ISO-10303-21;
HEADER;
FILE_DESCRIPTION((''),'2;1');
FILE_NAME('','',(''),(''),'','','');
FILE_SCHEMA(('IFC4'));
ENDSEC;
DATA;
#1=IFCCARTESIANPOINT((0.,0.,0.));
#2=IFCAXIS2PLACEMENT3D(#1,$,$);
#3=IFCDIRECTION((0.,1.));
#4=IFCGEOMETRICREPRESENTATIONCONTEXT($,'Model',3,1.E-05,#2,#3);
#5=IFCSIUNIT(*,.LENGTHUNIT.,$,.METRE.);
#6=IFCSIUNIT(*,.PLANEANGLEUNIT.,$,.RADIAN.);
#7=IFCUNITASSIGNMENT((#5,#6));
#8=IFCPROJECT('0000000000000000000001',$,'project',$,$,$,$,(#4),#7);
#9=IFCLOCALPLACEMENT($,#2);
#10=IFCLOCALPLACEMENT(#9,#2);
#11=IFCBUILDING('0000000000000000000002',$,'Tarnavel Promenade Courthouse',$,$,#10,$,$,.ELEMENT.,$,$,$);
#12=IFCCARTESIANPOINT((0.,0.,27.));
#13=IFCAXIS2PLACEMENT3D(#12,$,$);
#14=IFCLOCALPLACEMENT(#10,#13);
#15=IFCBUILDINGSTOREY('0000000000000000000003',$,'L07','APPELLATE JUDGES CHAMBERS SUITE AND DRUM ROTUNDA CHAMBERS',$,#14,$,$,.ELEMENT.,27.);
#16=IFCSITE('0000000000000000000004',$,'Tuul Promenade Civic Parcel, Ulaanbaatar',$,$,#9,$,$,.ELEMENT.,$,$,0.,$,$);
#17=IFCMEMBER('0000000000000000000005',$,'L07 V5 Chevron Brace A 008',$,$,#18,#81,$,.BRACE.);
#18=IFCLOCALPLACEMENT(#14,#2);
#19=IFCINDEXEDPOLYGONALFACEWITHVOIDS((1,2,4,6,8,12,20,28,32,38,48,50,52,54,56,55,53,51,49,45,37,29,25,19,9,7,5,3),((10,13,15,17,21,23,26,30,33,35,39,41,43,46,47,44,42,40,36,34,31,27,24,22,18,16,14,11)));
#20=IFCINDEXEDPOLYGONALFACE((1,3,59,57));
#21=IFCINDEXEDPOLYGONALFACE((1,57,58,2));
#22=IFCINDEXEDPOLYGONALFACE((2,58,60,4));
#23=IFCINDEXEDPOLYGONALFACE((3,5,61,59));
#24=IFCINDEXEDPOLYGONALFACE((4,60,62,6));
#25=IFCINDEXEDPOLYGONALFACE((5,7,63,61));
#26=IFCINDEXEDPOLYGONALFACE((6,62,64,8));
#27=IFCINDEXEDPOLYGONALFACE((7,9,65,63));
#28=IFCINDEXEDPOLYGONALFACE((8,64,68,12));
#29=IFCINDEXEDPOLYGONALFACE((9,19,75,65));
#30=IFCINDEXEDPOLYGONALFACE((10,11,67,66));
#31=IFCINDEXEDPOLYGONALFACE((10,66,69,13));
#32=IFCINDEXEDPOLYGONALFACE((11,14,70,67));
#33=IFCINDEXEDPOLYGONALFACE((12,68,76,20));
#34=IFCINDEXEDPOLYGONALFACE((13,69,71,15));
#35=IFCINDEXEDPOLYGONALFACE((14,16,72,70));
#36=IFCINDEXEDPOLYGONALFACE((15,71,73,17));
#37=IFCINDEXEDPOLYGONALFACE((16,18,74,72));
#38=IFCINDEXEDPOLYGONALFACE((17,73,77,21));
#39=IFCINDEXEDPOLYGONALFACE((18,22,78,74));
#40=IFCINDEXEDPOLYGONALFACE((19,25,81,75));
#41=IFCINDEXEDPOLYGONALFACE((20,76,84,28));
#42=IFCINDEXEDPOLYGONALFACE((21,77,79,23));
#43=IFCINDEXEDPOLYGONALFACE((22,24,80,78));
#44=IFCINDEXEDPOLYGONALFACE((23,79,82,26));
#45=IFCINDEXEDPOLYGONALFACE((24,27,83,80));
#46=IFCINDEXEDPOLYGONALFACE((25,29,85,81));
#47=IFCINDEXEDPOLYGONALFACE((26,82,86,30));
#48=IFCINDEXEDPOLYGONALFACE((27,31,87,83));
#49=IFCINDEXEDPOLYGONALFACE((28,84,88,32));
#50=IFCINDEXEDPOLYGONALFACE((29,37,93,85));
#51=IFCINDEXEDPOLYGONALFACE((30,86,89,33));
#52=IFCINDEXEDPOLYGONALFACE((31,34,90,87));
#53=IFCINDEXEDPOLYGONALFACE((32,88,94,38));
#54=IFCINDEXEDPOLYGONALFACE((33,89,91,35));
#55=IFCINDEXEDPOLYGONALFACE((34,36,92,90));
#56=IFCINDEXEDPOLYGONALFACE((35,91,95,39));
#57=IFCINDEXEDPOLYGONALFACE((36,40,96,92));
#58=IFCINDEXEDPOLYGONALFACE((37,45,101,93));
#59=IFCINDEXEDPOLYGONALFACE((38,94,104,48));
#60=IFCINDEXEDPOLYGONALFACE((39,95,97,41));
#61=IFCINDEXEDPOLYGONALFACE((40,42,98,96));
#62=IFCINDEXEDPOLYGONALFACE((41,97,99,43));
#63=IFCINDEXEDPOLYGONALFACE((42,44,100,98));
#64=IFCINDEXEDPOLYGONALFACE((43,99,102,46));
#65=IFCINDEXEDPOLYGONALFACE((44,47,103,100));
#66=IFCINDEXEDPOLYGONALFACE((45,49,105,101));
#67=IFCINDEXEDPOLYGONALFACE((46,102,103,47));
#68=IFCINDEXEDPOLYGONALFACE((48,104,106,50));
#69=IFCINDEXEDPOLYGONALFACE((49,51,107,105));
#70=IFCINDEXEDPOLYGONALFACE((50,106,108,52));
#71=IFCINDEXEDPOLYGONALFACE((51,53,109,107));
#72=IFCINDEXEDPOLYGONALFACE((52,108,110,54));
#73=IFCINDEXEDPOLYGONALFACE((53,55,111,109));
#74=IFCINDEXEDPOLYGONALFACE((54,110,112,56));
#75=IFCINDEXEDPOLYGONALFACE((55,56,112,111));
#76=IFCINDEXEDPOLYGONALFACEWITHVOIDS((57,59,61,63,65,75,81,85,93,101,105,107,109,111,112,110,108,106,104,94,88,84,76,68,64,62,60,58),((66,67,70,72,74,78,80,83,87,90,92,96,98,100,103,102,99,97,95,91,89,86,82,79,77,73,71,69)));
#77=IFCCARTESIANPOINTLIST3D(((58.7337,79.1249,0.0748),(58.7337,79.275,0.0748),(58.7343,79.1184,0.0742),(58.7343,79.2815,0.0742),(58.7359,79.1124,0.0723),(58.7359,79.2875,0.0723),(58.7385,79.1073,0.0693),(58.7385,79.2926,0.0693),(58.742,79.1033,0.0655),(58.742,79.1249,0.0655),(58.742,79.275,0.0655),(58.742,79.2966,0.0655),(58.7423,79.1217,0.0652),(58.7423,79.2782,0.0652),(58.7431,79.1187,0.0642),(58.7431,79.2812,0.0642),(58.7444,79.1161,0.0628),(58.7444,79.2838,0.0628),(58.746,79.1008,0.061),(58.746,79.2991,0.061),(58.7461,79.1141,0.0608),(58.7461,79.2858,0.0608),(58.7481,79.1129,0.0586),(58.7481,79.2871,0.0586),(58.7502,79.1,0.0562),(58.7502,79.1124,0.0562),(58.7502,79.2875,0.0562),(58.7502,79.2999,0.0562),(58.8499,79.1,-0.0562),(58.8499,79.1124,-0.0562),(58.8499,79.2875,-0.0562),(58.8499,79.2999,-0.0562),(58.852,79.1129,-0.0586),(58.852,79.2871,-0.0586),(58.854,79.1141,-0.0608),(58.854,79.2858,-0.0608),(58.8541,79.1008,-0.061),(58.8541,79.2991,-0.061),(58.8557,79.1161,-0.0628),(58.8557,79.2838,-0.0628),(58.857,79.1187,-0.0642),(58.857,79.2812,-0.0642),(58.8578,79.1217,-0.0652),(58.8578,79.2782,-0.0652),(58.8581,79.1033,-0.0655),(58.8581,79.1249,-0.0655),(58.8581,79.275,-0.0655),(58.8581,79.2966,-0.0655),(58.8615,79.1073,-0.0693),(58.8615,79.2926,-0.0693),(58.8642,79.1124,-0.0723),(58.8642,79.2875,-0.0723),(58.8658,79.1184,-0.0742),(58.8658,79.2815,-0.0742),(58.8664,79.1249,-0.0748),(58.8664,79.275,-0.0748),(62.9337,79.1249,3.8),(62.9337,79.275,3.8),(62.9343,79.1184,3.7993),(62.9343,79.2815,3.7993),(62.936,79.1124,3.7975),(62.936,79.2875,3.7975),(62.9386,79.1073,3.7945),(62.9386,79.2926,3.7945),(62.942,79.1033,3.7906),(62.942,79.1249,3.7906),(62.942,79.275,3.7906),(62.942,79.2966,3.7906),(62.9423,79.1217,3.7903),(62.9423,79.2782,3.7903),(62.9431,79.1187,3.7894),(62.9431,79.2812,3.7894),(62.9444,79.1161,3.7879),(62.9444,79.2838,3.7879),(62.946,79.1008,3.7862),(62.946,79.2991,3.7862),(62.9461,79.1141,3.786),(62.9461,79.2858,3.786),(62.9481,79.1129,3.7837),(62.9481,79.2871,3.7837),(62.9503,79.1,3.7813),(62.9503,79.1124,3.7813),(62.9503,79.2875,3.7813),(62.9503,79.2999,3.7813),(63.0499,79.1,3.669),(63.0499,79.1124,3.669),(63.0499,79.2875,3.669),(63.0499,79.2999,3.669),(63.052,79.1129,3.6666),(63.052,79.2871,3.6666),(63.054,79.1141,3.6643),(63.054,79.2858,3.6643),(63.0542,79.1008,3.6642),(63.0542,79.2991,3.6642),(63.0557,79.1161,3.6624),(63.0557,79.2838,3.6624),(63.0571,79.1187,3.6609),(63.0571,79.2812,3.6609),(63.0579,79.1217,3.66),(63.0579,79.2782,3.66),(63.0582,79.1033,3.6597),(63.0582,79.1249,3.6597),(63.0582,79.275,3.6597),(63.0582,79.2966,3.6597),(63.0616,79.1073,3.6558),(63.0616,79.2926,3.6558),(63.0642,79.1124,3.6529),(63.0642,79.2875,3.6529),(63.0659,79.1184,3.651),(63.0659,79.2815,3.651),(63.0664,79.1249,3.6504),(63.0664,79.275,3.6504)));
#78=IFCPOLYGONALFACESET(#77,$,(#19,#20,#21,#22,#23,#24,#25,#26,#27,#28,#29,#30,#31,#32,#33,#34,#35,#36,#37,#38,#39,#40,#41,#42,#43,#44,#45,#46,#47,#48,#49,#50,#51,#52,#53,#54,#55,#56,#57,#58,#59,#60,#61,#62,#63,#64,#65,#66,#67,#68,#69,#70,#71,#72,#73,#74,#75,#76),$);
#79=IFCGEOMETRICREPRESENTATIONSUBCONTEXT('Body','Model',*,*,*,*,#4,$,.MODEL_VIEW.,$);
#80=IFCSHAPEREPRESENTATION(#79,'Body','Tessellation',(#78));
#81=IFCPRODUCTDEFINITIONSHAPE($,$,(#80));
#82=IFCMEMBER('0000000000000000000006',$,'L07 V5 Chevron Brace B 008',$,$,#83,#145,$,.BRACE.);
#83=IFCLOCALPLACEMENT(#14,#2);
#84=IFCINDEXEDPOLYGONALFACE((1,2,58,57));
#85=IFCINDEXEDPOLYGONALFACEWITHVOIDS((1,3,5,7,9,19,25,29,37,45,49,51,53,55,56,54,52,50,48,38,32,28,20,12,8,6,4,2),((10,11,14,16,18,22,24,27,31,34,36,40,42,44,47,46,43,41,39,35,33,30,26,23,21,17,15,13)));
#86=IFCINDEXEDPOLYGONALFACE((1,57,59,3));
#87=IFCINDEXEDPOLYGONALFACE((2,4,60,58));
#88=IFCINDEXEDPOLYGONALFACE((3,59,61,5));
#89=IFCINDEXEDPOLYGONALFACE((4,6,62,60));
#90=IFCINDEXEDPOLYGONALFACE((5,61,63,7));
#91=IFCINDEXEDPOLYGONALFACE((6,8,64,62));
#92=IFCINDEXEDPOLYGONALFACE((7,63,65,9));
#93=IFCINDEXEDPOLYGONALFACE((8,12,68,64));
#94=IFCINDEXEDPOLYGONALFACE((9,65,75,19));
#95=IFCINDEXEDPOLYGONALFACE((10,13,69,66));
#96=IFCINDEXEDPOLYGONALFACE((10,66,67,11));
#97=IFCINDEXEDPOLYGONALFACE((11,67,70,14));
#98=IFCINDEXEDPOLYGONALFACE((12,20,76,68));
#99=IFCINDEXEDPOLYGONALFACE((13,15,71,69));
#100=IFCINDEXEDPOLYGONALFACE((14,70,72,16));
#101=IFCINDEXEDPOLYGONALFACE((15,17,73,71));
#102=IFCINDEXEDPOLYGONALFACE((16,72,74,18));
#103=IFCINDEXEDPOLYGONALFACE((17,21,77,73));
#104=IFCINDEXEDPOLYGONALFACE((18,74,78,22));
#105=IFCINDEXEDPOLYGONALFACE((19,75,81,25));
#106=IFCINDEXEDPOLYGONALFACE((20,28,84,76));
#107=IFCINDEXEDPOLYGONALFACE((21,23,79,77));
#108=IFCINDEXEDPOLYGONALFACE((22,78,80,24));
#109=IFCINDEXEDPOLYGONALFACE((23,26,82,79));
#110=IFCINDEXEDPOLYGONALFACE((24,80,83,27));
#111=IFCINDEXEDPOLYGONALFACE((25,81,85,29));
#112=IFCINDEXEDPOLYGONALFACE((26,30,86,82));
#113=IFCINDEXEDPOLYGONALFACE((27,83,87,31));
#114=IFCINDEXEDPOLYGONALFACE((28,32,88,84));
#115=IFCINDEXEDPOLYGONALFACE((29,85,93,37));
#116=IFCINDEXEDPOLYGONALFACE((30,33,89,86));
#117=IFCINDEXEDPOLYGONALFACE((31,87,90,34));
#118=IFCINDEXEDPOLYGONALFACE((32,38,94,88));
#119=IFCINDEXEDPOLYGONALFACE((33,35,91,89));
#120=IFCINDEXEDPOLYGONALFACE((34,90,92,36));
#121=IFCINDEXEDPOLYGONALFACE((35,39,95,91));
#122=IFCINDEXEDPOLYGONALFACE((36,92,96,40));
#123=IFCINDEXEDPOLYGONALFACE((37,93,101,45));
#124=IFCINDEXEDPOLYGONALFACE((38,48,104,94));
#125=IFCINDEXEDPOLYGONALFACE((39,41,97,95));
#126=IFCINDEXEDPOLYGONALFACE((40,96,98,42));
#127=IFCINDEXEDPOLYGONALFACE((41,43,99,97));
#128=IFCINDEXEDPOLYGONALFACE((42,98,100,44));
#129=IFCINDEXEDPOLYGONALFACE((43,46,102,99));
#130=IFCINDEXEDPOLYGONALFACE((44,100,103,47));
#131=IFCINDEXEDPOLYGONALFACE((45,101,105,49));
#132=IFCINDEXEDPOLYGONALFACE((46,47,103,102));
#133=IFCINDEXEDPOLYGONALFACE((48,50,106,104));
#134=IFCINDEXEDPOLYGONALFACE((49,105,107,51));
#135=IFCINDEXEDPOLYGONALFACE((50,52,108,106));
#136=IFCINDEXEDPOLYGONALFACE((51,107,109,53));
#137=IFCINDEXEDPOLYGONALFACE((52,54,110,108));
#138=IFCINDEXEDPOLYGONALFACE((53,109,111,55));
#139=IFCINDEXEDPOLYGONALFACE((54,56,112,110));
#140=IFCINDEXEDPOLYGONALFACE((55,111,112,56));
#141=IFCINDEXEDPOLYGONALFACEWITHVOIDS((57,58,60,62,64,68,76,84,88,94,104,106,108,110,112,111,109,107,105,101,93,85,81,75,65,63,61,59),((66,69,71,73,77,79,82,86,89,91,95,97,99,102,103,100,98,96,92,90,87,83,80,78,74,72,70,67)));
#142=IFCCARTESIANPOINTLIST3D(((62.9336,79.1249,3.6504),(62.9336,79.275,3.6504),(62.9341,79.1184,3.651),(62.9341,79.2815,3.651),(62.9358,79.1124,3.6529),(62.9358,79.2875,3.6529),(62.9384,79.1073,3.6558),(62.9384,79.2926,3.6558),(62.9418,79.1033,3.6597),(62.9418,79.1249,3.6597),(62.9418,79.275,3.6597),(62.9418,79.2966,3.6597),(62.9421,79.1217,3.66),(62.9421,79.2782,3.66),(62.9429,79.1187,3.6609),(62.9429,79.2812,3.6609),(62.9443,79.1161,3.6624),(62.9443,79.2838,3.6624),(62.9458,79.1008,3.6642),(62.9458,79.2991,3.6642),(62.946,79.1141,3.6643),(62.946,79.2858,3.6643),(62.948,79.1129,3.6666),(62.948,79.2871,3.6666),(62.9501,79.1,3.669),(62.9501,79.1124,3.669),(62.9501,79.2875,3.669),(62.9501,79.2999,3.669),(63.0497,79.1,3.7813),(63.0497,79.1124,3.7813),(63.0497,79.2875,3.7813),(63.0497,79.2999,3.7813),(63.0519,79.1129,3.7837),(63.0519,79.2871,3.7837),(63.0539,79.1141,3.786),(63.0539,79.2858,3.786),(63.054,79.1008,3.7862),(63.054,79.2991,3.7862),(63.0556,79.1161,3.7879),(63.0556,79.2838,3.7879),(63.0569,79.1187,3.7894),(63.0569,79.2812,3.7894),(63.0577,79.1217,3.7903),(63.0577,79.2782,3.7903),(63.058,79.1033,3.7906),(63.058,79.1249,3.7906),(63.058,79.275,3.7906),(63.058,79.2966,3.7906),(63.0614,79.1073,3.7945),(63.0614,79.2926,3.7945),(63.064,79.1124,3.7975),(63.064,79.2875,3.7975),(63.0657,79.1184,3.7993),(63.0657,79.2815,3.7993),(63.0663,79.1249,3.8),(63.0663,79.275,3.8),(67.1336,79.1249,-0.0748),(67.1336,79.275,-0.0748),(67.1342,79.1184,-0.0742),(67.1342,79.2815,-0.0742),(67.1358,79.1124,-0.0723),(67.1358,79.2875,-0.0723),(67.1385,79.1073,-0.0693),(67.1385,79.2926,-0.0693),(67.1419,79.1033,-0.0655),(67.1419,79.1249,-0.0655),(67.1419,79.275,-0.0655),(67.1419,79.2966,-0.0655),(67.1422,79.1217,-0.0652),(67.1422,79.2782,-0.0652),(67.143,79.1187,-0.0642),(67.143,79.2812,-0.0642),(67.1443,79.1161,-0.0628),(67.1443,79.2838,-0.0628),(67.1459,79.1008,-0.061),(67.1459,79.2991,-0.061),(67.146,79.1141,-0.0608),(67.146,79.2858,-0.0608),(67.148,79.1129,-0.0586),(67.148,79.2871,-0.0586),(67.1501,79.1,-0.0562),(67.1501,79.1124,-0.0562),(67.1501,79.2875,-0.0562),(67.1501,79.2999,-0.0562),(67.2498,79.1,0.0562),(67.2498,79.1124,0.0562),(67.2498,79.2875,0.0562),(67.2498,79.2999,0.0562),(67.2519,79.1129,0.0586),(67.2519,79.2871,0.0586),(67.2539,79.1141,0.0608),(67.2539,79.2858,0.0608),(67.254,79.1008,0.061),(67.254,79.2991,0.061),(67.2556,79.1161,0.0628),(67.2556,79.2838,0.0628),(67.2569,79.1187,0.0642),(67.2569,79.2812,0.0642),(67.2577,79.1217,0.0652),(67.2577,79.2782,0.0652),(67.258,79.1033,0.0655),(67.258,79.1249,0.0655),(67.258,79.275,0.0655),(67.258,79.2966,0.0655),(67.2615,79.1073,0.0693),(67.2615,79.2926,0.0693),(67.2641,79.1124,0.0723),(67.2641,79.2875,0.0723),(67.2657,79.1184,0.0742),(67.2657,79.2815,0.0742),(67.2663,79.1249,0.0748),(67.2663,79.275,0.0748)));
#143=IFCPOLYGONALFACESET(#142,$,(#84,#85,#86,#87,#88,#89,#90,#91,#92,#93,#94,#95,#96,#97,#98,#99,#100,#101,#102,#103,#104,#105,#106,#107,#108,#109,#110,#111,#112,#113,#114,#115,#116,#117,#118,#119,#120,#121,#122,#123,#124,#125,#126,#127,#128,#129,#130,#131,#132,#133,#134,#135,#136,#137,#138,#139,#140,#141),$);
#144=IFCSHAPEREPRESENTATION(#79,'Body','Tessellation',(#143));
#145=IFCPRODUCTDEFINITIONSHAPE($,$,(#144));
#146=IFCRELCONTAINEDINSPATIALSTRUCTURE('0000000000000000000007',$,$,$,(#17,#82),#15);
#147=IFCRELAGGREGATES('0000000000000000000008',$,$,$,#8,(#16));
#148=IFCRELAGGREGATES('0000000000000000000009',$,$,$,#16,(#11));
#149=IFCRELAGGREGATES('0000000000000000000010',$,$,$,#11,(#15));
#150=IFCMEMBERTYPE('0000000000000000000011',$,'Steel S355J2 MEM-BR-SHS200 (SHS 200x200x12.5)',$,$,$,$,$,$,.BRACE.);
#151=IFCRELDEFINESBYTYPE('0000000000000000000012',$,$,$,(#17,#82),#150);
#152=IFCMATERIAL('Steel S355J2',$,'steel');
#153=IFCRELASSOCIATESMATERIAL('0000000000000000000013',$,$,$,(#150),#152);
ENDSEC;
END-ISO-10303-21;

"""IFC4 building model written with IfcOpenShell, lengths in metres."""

from ifc_helpers import new_model, si_unit, direction, frame, origin, origin_2d, place, context, subcontext, project, spatial, hollow_rectangle, extrude, material, material_profile, profile_set, type_object, element, save


model = new_model("IFC4")

# Units and contexts
model_context = context("Model", 3, precision=1e-05, world=origin(), true_north=direction((0.0, 1.0)))
body_context = subcontext(model_context, "Body", "Model", "MODEL_VIEW")
ifc_project = project(units=[si_unit("LENGTHUNIT", "METRE"), si_unit("PLANEANGLEUNIT", "RADIAN")], contexts=[model_context])

# Site, building, storey
site_placement = place(None, origin())
site = spatial("IfcSite", under=ifc_project, at=site_placement, Name="Tuul Promenade Civic Parcel, Ulaanbaatar", CompositionType="ELEMENT", RefElevation=0.0)
building_placement = place(site_placement, origin())
building = spatial("IfcBuilding", under=site, at=building_placement, Name="Tarnavel Promenade Courthouse", CompositionType="ELEMENT")
storey_placement = place(building_placement, frame((0.0, 0.0, 27.0)))
storey = spatial("IfcBuildingStorey", under=building, at=storey_placement, Name="L07", Description="APPELLATE JUDGES CHAMBERS SUITE AND DRUM ROTUNDA CHAMBERS", CompositionType="ELEMENT", Elevation=27.0)

# Members
ifc_material_1 = material(Name="Steel S355J2", Category="steel")
ifc_material_profile_1 = material_profile(ifc_material_1, hollow_rectangle(XDim=0.2, YDim=0.2, WallThickness=0.0125, InnerFilletRadius=0.0125, OuterFilletRadius=0.0249, at=origin_2d()), Name="SHS 200x200x12.5")
ifc_profile_set_1 = profile_set([ifc_material_profile_1], Name="Steel S355J2")
member_type_1 = type_object("IfcMemberType", Name="Steel S355J2 MEM-BR-SHS200 (SHS 200x200x12.5)", PredefinedType="BRACE", material=ifc_profile_set_1)
for number, where, z_axis, x_axis, name in (
    (1, (58.8, 79.2, 0.0), (0.748133, 0.0, 0.663548), (0.0, 1.0, 0.0), "L07 V5 Chevron Brace A 008"),
    (2, (67.2, 79.2, 0.0), (-0.748133, 0.0, 0.663548), (0.0, -1.0, 0.0), "L07 V5 Chevron Brace B 008"),
):
    element("IfcMember", number, at=place(storey_placement, frame(where, z_axis=z_axis, x_axis=x_axis)), inside=storey, type_object=member_type_1, Name=name, PredefinedType="BRACE", context=body_context, shape_type="SweptSolid", body=[
        extrude(hollow_rectangle(XDim=0.2, YDim=0.2, WallThickness=0.0125, InnerFilletRadius=0.0125, OuterFilletRadius=0.0249, at=origin_2d()), origin(), (0.0, 0.0, 1.0), 5.614),
    ])

save(model, "model.ifc")
